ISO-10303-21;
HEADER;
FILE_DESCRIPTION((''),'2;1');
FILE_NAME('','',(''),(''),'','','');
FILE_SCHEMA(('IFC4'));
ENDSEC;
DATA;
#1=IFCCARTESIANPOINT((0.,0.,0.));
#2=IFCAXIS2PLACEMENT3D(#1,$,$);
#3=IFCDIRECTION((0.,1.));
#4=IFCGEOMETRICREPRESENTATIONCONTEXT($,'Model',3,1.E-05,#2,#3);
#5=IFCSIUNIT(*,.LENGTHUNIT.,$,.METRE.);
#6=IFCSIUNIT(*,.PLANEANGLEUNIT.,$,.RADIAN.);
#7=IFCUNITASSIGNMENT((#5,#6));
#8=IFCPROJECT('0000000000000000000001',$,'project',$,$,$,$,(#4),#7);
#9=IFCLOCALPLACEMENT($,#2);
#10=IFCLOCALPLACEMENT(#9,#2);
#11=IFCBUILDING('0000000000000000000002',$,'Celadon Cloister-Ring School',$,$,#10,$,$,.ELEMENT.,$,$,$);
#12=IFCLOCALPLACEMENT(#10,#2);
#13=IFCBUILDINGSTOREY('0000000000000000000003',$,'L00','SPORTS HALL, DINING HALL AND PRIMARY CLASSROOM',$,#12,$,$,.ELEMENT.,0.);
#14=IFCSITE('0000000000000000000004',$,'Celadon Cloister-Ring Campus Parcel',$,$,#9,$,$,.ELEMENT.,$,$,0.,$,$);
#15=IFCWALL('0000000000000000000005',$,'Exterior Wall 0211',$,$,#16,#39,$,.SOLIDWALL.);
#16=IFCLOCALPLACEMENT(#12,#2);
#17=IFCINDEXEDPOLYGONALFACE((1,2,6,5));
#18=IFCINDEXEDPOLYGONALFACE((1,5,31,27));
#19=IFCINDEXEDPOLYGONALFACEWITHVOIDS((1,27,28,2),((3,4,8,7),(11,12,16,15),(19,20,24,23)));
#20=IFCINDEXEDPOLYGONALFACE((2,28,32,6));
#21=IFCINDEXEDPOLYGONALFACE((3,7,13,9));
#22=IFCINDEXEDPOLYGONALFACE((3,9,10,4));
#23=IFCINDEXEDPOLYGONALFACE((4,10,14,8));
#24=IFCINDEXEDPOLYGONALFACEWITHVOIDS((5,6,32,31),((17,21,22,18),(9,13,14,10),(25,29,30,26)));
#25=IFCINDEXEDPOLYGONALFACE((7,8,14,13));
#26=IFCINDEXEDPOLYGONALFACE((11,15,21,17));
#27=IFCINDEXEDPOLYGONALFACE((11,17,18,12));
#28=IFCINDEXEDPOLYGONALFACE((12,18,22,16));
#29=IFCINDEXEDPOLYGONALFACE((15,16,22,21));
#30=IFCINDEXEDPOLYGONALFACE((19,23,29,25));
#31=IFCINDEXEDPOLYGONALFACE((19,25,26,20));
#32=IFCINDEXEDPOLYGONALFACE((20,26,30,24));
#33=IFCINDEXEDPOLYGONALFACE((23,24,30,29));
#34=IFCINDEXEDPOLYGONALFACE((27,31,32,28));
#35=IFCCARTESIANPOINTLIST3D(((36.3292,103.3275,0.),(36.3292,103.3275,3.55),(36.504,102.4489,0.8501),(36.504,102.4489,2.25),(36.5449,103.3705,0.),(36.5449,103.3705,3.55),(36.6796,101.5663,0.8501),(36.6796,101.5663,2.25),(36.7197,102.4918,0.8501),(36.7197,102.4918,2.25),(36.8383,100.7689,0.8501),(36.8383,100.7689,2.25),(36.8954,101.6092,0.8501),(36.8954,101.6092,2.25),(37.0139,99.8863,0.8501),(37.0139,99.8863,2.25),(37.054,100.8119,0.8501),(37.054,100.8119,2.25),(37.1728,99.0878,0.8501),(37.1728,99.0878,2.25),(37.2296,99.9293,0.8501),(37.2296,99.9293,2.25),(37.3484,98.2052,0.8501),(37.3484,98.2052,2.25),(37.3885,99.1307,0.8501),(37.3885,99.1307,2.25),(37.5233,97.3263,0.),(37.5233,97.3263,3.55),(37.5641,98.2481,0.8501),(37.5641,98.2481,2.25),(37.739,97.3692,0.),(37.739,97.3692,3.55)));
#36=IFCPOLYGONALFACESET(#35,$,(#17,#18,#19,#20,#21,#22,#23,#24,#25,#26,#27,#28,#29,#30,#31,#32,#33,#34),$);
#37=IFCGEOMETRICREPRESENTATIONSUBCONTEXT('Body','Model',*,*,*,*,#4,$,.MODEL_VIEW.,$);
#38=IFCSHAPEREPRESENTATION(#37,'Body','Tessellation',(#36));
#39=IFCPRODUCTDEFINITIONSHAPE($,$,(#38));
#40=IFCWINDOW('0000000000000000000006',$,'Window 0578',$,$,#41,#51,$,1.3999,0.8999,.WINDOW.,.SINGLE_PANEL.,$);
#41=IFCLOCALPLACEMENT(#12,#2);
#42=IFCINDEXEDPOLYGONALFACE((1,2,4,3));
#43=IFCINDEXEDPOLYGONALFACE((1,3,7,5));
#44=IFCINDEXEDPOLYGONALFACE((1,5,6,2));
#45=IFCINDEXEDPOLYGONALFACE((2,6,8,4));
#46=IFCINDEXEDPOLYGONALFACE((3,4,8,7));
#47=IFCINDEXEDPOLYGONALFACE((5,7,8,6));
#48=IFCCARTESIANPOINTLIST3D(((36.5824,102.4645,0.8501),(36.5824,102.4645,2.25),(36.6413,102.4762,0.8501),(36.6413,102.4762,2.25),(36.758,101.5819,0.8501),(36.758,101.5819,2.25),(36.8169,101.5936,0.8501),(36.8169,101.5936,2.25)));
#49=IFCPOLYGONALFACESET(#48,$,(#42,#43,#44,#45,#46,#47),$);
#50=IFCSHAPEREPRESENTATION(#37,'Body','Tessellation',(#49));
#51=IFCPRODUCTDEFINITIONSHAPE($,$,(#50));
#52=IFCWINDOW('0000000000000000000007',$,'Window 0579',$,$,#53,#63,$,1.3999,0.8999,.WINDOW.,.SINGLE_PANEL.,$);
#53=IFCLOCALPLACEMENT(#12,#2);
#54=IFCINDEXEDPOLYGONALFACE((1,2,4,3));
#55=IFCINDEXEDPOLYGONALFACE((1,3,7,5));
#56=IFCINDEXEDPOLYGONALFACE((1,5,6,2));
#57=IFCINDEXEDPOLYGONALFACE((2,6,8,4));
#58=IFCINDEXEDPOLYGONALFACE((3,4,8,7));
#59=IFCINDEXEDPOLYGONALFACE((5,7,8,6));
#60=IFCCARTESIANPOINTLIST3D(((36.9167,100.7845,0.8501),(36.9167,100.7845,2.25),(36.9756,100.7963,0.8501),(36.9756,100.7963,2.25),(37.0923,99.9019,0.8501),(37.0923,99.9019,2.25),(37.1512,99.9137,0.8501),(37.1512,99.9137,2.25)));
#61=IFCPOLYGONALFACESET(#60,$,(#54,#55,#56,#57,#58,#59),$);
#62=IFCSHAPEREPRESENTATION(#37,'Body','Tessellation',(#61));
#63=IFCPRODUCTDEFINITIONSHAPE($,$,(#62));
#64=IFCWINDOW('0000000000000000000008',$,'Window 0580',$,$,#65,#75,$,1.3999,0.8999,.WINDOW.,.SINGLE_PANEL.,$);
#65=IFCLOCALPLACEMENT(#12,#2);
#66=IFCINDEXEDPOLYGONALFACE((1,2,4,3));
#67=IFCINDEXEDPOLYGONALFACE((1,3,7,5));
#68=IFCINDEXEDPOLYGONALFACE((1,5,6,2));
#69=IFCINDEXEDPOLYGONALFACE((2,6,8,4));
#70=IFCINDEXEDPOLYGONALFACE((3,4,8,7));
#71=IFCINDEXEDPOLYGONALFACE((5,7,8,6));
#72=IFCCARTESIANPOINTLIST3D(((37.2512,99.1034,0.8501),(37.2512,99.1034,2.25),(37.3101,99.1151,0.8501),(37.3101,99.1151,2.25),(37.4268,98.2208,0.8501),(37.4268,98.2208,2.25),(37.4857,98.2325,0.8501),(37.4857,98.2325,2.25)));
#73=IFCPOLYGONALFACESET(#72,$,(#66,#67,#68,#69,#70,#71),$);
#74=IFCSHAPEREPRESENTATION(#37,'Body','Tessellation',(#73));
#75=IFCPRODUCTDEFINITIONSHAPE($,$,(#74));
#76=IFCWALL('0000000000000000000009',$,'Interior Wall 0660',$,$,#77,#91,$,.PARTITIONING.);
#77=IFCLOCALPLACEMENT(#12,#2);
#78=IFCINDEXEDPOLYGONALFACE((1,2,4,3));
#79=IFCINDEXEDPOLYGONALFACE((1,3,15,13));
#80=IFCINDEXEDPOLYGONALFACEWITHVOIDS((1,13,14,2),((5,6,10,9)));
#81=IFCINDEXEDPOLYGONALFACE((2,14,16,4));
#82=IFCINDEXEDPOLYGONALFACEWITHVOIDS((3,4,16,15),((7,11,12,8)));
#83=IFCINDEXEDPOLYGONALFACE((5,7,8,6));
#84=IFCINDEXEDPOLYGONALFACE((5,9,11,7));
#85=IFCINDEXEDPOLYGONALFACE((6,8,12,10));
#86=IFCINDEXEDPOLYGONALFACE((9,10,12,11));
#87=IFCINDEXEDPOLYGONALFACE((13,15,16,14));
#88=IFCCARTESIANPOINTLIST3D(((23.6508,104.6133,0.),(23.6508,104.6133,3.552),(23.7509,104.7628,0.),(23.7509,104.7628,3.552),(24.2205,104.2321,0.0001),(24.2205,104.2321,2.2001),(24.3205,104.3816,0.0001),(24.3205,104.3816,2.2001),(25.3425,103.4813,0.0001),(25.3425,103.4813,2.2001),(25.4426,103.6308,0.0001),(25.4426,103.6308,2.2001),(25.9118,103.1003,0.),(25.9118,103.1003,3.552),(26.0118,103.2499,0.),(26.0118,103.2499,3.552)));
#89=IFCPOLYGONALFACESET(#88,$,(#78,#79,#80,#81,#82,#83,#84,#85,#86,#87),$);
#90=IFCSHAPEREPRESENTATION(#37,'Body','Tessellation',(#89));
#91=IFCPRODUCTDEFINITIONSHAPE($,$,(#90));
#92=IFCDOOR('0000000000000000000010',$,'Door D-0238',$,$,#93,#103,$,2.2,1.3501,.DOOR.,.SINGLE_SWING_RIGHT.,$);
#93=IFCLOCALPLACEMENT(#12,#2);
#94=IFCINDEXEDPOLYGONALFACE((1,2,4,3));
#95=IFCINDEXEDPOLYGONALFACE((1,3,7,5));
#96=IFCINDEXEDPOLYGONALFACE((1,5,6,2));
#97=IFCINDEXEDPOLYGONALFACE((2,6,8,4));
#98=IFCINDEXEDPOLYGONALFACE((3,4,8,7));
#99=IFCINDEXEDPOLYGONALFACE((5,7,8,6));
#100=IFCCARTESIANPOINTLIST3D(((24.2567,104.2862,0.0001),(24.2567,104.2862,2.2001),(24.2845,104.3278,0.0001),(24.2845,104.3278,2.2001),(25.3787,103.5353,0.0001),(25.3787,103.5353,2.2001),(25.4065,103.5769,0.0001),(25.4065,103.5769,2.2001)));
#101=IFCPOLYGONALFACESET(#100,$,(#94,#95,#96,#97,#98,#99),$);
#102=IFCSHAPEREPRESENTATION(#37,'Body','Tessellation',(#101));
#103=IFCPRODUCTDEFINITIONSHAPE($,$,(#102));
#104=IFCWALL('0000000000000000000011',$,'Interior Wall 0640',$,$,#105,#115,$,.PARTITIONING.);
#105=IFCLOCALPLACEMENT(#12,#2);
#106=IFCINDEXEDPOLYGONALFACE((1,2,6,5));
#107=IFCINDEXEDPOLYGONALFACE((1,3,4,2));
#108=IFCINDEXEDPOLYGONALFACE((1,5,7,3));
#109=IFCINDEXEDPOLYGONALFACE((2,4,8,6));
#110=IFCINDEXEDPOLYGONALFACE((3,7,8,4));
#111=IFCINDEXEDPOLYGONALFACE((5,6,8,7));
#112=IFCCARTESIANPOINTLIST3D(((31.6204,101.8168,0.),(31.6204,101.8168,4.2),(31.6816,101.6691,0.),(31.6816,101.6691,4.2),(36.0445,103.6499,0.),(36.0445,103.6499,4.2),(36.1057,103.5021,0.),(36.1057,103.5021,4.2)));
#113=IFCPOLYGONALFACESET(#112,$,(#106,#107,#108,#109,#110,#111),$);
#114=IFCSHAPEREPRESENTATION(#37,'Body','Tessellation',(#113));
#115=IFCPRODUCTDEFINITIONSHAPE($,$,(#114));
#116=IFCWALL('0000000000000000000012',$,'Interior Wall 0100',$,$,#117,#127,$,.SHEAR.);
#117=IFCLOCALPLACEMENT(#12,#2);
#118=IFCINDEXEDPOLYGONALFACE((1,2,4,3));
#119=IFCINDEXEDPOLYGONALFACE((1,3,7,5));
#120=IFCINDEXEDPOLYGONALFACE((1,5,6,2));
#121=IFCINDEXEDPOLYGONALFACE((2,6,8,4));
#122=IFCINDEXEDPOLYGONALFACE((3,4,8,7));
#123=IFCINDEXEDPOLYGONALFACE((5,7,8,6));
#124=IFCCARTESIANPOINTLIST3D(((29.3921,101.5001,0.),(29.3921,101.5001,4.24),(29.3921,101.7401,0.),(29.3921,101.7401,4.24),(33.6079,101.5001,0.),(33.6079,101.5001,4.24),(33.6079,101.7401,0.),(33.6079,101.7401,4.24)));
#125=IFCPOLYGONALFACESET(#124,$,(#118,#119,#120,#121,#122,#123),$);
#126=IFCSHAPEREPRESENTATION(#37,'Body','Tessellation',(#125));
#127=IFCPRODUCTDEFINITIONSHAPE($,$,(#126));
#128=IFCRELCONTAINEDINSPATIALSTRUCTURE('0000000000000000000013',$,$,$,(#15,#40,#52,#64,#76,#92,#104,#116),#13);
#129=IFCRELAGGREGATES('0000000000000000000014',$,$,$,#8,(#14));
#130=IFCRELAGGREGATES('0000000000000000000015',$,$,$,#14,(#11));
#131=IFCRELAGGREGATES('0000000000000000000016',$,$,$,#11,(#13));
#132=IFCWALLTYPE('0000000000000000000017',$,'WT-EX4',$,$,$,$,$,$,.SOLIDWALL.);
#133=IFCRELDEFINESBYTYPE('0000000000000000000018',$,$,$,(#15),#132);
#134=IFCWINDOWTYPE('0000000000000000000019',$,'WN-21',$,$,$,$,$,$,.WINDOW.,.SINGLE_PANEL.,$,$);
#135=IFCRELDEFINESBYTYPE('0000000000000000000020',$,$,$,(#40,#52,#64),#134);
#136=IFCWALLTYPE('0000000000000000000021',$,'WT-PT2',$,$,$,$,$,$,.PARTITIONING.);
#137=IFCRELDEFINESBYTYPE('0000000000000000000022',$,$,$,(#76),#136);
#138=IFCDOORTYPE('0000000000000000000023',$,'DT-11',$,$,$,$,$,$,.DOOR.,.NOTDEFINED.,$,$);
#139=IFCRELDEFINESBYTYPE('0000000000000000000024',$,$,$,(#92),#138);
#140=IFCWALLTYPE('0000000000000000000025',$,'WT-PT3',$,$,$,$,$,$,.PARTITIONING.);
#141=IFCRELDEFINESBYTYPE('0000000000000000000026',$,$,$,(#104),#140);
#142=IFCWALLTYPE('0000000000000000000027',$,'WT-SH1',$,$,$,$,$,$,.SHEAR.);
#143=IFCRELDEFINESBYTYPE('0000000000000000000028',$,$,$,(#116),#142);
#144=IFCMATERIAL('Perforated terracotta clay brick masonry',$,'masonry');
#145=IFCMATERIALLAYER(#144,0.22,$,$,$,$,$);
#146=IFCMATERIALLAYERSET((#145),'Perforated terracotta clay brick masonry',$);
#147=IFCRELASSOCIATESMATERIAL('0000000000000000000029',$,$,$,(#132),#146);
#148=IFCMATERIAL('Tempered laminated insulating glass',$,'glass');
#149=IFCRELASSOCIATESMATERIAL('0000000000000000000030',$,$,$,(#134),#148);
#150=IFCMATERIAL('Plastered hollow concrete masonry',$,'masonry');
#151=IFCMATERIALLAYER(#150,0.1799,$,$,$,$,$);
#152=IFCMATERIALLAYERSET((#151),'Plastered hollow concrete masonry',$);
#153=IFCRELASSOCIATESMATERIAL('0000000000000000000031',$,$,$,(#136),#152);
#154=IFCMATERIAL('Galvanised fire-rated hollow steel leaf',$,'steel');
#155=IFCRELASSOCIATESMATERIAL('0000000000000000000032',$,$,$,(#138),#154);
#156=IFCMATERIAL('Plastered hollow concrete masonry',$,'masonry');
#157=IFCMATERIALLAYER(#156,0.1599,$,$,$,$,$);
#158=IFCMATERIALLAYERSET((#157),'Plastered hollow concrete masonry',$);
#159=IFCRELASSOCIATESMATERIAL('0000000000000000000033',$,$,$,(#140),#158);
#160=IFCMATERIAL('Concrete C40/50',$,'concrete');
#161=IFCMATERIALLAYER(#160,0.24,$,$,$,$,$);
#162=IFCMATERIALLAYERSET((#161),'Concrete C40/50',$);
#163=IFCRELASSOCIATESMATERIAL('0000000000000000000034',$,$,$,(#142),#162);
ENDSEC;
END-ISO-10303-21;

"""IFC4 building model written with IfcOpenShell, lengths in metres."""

from ifc_helpers import new_model, si_unit, direction, frame, frame_2d, origin, place, context, subcontext, project, spatial, rectangle, extrude, material, layer, layer_set, type_object, element, fill, save


model = new_model("IFC4")

# Units and contexts
model_context = context("Model", 3, precision=1e-05, world=origin(), true_north=direction((0.0, 1.0)))
body_context = subcontext(model_context, "Body", "Model", "MODEL_VIEW")
ifc_project = project(units=[si_unit("LENGTHUNIT", "METRE"), si_unit("PLANEANGLEUNIT", "RADIAN")], contexts=[model_context])

# Site, building, storey
site_placement = place(None, origin())
site = spatial("IfcSite", under=ifc_project, at=site_placement, Name="Celadon Cloister-Ring Campus Parcel", CompositionType="ELEMENT", RefElevation=0.0)
building_placement = place(site_placement, origin())
building = spatial("IfcBuilding", under=site, at=building_placement, Name="Celadon Cloister-Ring School", CompositionType="ELEMENT")
storey_placement = place(building_placement, origin())
storey = spatial("IfcBuildingStorey", under=building, at=storey_placement, Name="L00", Description="SPORTS HALL, DINING HALL AND PRIMARY CLASSROOM", CompositionType="ELEMENT", Elevation=0.0)

# Wall, openings, windows
ifc_material_1 = material(Name="Perforated terracotta clay brick masonry", Category="masonry")
ifc_layer_1 = layer(ifc_material_1, 0.22)
ifc_layer_set_1 = layer_set([ifc_layer_1], Name="Perforated terracotta clay brick masonry")
wall_type_1 = type_object("IfcWallType", Name="WT-EX4", PredefinedType="SOLIDWALL", material=ifc_layer_set_1)
wall_1_placement = place(storey_placement, frame((36.437, 103.3491, 0.0), z_axis=(0.0, 0.0, 1.0), x_axis=(0.195149, -0.980774, 0.0)))
wall_1 = element("IfcWall", 1, at=wall_1_placement, inside=storey, type_object=wall_type_1, Name="Exterior Wall 0211", PredefinedType="SOLIDWALL", context=body_context, shape_type="SweptSolid", body=[
    extrude(rectangle(XDim=6.1189, YDim=0.22, at=frame_2d((3.0596, 0.0))), origin(), (0.0, 0.0, 1.0), 3.55),
])
opening_1_placement = place(wall_1_placement, frame((0.896, 0.0, 0.8501)))
opening_1 = element("IfcOpeningElement", 2, at=opening_1_placement, cuts=wall_1, PredefinedType="OPENING", context=body_context, shape_type="SweptSolid", body=[
    extrude(rectangle(XDim=0.8999, YDim=1.3999, at=frame_2d((0.45, 0.7))), frame((0.0, 0.1201, 0.0), z_axis=(0.0, -1.0, 0.0), x_axis=(1.0, 0.0, 0.0)), (0.0, 0.0, 1.0), 0.24),
])
opening_2_placement = place(wall_1_placement, frame((2.6089, 0.0, 0.8501)))
opening_2 = element("IfcOpeningElement", 3, at=opening_2_placement, cuts=wall_1, PredefinedType="OPENING", context=body_context, shape_type="SweptSolid", body=[
    extrude(rectangle(XDim=0.8999, YDim=1.3999, at=frame_2d((0.45, 0.7))), frame((0.0, 0.1201, 0.0), z_axis=(0.0, -1.0, 0.0), x_axis=(1.0, 0.0, 0.0)), (0.0, 0.0, 1.0), 0.24),
])
opening_3_placement = place(wall_1_placement, frame((4.323, 0.0, 0.8501)))
opening_3 = element("IfcOpeningElement", 4, at=opening_3_placement, cuts=wall_1, PredefinedType="OPENING", context=body_context, shape_type="SweptSolid", body=[
    extrude(rectangle(XDim=0.8999, YDim=1.3999, at=frame_2d((0.45, 0.7))), frame((0.0, 0.1201, 0.0), z_axis=(0.0, -1.0, 0.0), x_axis=(1.0, 0.0, 0.0)), (0.0, 0.0, 1.0), 0.24),
])
ifc_material_2 = material(Name="Tempered laminated insulating glass", Category="glass")
window_type = type_object("IfcWindowType", Name="WN-21", PartitioningType="SINGLE_PANEL", PredefinedType="WINDOW", material=ifc_material_2)
window_1_placement = place(opening_1_placement, origin())
window_1 = element("IfcWindow", 5, at=window_1_placement, inside=storey, type_object=window_type, Name="Window 0578", OverallHeight=1.3999, OverallWidth=0.8999, PartitioningType="SINGLE_PANEL", PredefinedType="WINDOW", context=body_context, shape_type="SweptSolid", body=[
    extrude(rectangle(XDim=0.8999, YDim=1.3999, at=frame_2d((0.45, 0.7))), frame((0.0, 0.03, 0.0), z_axis=(0.0, -1.0, 0.0), x_axis=(1.0, 0.0, 0.0)), (0.0, 0.0, 1.0), 0.0601),
])
fill(opening_1, window_1)
window_2_placement = place(opening_2_placement, origin())
window_2 = element("IfcWindow", 6, at=window_2_placement, inside=storey, type_object=window_type, Name="Window 0579", OverallHeight=1.3999, OverallWidth=0.8999, PartitioningType="SINGLE_PANEL", PredefinedType="WINDOW", context=body_context, shape_type="SweptSolid", body=[
    extrude(rectangle(XDim=0.8999, YDim=1.3999, at=frame_2d((0.45, 0.7))), frame((0.0, 0.03, 0.0), z_axis=(0.0, -1.0, 0.0), x_axis=(1.0, 0.0, 0.0)), (0.0, 0.0, 1.0), 0.0601),
])
fill(opening_2, window_2)
window_3_placement = place(opening_3_placement, origin())
window_3 = element("IfcWindow", 7, at=window_3_placement, inside=storey, type_object=window_type, Name="Window 0580", OverallHeight=1.3999, OverallWidth=0.8999, PartitioningType="SINGLE_PANEL", PredefinedType="WINDOW", context=body_context, shape_type="SweptSolid", body=[
    extrude(rectangle(XDim=0.8999, YDim=1.3999, at=frame_2d((0.45, 0.7))), frame((0.0, 0.03, 0.0), z_axis=(0.0, -1.0, 0.0), x_axis=(1.0, 0.0, 0.0)), (0.0, 0.0, 1.0), 0.0601),
])
fill(opening_3, window_3)

# Wall, opening, door
ifc_material_3 = material(Name="Plastered hollow concrete masonry", Category="masonry")
ifc_layer_2 = layer(ifc_material_3, 0.1799)
ifc_layer_set_2 = layer_set([ifc_layer_2], Name="Plastered hollow concrete masonry")
wall_type_2 = type_object("IfcWallType", Name="WT-PT2", PredefinedType="PARTITIONING", material=ifc_layer_set_2)
wall_2_placement = place(storey_placement, frame((25.9619, 103.175, 0.0), z_axis=(0.0, 0.0, 1.0), x_axis=(-0.831096, 0.556128, 0.0)))
wall_2 = element("IfcWall", 8, at=wall_2_placement, inside=storey, type_object=wall_type_2, Name="Interior Wall 0660", PredefinedType="PARTITIONING", context=body_context, shape_type="SweptSolid", body=[
    extrude(rectangle(XDim=2.7205, YDim=0.1799, at=frame_2d((1.3604, 0.0))), origin(), (0.0, 0.0, 1.0), 3.552),
])
opening_4_placement = place(wall_2_placement, frame((0.6851, 0.0, 0.0)))
opening_4 = element("IfcOpeningElement", 9, at=opening_4_placement, cuts=wall_2, PredefinedType="OPENING", context=body_context, shape_type="SweptSolid", body=[
    extrude(rectangle(XDim=1.3501, YDim=2.2, at=frame_2d((0.675, 1.1001))), frame((0.0, 0.1001, 0.0), z_axis=(0.0, -1.0, 0.0), x_axis=(1.0, 0.0, 0.0)), (0.0, 0.0, 1.0), 0.2),
])
ifc_material_4 = material(Name="Galvanised fire-rated hollow steel leaf", Category="steel")
door_type = type_object("IfcDoorType", Name="DT-11", OperationType="NOTDEFINED", PredefinedType="DOOR", material=ifc_material_4)
door_placement = place(opening_4_placement, origin())
door = element("IfcDoor", 10, at=door_placement, inside=storey, type_object=door_type, Name="Door D-0238", OperationType="SINGLE_SWING_RIGHT", OverallHeight=2.2, OverallWidth=1.3501, PredefinedType="DOOR", context=body_context, shape_type="SweptSolid", body=[
    extrude(rectangle(XDim=1.3501, YDim=2.2, at=frame_2d((0.675, 1.1001))), frame((0.0, 0.0249, 0.0), z_axis=(0.0, -1.0, 0.0), x_axis=(1.0, 0.0, 0.0)), (0.0, 0.0, 1.0), 0.05),
])
fill(opening_4, door)

# Walls
ifc_material_5 = material(Name="Plastered hollow concrete masonry", Category="masonry")
ifc_layer_3 = layer(ifc_material_5, 0.1599)
ifc_layer_set_3 = layer_set([ifc_layer_3], Name="Plastered hollow concrete masonry")
wall_type_3 = type_object("IfcWallType", Name="WT-PT3", PredefinedType="PARTITIONING", material=ifc_layer_set_3)
wall_3_placement = place(storey_placement, frame((31.6509, 101.7429, 0.0), z_axis=(0.0, 0.0, 1.0), x_axis=(0.923843, 0.382772, 0.0)))
element("IfcWall", 11, at=wall_3_placement, inside=storey, type_object=wall_type_3, Name="Interior Wall 0640", PredefinedType="PARTITIONING", context=body_context, shape_type="SweptSolid", body=[
    extrude(rectangle(XDim=4.7888, YDim=0.1599, at=frame_2d((2.3945, 0.0))), origin(), (0.0, 0.0, 1.0), 4.2),
])
ifc_material_6 = material(Name="Concrete C40/50", Category="concrete")
ifc_layer_4 = layer(ifc_material_6, 0.24)
ifc_layer_set_4 = layer_set([ifc_layer_4], Name="Concrete C40/50")
wall_type_4 = type_object("IfcWallType", Name="WT-SH1", PredefinedType="SHEAR", material=ifc_layer_set_4)
wall_4_placement = place(storey_placement, frame((33.6079, 101.6201, 0.0), z_axis=(0.0, 0.0, 1.0), x_axis=(-1.0, 0.0, 0.0)))
element("IfcWall", 12, at=wall_4_placement, inside=storey, type_object=wall_type_4, Name="Interior Wall 0100", PredefinedType="SHEAR", context=body_context, shape_type="SweptSolid", body=[
    extrude(rectangle(XDim=4.2158, YDim=0.24, at=frame_2d((2.1079, 0.0))), origin(), (0.0, 0.0, 1.0), 4.24),
])

save(model, "model.ifc")
